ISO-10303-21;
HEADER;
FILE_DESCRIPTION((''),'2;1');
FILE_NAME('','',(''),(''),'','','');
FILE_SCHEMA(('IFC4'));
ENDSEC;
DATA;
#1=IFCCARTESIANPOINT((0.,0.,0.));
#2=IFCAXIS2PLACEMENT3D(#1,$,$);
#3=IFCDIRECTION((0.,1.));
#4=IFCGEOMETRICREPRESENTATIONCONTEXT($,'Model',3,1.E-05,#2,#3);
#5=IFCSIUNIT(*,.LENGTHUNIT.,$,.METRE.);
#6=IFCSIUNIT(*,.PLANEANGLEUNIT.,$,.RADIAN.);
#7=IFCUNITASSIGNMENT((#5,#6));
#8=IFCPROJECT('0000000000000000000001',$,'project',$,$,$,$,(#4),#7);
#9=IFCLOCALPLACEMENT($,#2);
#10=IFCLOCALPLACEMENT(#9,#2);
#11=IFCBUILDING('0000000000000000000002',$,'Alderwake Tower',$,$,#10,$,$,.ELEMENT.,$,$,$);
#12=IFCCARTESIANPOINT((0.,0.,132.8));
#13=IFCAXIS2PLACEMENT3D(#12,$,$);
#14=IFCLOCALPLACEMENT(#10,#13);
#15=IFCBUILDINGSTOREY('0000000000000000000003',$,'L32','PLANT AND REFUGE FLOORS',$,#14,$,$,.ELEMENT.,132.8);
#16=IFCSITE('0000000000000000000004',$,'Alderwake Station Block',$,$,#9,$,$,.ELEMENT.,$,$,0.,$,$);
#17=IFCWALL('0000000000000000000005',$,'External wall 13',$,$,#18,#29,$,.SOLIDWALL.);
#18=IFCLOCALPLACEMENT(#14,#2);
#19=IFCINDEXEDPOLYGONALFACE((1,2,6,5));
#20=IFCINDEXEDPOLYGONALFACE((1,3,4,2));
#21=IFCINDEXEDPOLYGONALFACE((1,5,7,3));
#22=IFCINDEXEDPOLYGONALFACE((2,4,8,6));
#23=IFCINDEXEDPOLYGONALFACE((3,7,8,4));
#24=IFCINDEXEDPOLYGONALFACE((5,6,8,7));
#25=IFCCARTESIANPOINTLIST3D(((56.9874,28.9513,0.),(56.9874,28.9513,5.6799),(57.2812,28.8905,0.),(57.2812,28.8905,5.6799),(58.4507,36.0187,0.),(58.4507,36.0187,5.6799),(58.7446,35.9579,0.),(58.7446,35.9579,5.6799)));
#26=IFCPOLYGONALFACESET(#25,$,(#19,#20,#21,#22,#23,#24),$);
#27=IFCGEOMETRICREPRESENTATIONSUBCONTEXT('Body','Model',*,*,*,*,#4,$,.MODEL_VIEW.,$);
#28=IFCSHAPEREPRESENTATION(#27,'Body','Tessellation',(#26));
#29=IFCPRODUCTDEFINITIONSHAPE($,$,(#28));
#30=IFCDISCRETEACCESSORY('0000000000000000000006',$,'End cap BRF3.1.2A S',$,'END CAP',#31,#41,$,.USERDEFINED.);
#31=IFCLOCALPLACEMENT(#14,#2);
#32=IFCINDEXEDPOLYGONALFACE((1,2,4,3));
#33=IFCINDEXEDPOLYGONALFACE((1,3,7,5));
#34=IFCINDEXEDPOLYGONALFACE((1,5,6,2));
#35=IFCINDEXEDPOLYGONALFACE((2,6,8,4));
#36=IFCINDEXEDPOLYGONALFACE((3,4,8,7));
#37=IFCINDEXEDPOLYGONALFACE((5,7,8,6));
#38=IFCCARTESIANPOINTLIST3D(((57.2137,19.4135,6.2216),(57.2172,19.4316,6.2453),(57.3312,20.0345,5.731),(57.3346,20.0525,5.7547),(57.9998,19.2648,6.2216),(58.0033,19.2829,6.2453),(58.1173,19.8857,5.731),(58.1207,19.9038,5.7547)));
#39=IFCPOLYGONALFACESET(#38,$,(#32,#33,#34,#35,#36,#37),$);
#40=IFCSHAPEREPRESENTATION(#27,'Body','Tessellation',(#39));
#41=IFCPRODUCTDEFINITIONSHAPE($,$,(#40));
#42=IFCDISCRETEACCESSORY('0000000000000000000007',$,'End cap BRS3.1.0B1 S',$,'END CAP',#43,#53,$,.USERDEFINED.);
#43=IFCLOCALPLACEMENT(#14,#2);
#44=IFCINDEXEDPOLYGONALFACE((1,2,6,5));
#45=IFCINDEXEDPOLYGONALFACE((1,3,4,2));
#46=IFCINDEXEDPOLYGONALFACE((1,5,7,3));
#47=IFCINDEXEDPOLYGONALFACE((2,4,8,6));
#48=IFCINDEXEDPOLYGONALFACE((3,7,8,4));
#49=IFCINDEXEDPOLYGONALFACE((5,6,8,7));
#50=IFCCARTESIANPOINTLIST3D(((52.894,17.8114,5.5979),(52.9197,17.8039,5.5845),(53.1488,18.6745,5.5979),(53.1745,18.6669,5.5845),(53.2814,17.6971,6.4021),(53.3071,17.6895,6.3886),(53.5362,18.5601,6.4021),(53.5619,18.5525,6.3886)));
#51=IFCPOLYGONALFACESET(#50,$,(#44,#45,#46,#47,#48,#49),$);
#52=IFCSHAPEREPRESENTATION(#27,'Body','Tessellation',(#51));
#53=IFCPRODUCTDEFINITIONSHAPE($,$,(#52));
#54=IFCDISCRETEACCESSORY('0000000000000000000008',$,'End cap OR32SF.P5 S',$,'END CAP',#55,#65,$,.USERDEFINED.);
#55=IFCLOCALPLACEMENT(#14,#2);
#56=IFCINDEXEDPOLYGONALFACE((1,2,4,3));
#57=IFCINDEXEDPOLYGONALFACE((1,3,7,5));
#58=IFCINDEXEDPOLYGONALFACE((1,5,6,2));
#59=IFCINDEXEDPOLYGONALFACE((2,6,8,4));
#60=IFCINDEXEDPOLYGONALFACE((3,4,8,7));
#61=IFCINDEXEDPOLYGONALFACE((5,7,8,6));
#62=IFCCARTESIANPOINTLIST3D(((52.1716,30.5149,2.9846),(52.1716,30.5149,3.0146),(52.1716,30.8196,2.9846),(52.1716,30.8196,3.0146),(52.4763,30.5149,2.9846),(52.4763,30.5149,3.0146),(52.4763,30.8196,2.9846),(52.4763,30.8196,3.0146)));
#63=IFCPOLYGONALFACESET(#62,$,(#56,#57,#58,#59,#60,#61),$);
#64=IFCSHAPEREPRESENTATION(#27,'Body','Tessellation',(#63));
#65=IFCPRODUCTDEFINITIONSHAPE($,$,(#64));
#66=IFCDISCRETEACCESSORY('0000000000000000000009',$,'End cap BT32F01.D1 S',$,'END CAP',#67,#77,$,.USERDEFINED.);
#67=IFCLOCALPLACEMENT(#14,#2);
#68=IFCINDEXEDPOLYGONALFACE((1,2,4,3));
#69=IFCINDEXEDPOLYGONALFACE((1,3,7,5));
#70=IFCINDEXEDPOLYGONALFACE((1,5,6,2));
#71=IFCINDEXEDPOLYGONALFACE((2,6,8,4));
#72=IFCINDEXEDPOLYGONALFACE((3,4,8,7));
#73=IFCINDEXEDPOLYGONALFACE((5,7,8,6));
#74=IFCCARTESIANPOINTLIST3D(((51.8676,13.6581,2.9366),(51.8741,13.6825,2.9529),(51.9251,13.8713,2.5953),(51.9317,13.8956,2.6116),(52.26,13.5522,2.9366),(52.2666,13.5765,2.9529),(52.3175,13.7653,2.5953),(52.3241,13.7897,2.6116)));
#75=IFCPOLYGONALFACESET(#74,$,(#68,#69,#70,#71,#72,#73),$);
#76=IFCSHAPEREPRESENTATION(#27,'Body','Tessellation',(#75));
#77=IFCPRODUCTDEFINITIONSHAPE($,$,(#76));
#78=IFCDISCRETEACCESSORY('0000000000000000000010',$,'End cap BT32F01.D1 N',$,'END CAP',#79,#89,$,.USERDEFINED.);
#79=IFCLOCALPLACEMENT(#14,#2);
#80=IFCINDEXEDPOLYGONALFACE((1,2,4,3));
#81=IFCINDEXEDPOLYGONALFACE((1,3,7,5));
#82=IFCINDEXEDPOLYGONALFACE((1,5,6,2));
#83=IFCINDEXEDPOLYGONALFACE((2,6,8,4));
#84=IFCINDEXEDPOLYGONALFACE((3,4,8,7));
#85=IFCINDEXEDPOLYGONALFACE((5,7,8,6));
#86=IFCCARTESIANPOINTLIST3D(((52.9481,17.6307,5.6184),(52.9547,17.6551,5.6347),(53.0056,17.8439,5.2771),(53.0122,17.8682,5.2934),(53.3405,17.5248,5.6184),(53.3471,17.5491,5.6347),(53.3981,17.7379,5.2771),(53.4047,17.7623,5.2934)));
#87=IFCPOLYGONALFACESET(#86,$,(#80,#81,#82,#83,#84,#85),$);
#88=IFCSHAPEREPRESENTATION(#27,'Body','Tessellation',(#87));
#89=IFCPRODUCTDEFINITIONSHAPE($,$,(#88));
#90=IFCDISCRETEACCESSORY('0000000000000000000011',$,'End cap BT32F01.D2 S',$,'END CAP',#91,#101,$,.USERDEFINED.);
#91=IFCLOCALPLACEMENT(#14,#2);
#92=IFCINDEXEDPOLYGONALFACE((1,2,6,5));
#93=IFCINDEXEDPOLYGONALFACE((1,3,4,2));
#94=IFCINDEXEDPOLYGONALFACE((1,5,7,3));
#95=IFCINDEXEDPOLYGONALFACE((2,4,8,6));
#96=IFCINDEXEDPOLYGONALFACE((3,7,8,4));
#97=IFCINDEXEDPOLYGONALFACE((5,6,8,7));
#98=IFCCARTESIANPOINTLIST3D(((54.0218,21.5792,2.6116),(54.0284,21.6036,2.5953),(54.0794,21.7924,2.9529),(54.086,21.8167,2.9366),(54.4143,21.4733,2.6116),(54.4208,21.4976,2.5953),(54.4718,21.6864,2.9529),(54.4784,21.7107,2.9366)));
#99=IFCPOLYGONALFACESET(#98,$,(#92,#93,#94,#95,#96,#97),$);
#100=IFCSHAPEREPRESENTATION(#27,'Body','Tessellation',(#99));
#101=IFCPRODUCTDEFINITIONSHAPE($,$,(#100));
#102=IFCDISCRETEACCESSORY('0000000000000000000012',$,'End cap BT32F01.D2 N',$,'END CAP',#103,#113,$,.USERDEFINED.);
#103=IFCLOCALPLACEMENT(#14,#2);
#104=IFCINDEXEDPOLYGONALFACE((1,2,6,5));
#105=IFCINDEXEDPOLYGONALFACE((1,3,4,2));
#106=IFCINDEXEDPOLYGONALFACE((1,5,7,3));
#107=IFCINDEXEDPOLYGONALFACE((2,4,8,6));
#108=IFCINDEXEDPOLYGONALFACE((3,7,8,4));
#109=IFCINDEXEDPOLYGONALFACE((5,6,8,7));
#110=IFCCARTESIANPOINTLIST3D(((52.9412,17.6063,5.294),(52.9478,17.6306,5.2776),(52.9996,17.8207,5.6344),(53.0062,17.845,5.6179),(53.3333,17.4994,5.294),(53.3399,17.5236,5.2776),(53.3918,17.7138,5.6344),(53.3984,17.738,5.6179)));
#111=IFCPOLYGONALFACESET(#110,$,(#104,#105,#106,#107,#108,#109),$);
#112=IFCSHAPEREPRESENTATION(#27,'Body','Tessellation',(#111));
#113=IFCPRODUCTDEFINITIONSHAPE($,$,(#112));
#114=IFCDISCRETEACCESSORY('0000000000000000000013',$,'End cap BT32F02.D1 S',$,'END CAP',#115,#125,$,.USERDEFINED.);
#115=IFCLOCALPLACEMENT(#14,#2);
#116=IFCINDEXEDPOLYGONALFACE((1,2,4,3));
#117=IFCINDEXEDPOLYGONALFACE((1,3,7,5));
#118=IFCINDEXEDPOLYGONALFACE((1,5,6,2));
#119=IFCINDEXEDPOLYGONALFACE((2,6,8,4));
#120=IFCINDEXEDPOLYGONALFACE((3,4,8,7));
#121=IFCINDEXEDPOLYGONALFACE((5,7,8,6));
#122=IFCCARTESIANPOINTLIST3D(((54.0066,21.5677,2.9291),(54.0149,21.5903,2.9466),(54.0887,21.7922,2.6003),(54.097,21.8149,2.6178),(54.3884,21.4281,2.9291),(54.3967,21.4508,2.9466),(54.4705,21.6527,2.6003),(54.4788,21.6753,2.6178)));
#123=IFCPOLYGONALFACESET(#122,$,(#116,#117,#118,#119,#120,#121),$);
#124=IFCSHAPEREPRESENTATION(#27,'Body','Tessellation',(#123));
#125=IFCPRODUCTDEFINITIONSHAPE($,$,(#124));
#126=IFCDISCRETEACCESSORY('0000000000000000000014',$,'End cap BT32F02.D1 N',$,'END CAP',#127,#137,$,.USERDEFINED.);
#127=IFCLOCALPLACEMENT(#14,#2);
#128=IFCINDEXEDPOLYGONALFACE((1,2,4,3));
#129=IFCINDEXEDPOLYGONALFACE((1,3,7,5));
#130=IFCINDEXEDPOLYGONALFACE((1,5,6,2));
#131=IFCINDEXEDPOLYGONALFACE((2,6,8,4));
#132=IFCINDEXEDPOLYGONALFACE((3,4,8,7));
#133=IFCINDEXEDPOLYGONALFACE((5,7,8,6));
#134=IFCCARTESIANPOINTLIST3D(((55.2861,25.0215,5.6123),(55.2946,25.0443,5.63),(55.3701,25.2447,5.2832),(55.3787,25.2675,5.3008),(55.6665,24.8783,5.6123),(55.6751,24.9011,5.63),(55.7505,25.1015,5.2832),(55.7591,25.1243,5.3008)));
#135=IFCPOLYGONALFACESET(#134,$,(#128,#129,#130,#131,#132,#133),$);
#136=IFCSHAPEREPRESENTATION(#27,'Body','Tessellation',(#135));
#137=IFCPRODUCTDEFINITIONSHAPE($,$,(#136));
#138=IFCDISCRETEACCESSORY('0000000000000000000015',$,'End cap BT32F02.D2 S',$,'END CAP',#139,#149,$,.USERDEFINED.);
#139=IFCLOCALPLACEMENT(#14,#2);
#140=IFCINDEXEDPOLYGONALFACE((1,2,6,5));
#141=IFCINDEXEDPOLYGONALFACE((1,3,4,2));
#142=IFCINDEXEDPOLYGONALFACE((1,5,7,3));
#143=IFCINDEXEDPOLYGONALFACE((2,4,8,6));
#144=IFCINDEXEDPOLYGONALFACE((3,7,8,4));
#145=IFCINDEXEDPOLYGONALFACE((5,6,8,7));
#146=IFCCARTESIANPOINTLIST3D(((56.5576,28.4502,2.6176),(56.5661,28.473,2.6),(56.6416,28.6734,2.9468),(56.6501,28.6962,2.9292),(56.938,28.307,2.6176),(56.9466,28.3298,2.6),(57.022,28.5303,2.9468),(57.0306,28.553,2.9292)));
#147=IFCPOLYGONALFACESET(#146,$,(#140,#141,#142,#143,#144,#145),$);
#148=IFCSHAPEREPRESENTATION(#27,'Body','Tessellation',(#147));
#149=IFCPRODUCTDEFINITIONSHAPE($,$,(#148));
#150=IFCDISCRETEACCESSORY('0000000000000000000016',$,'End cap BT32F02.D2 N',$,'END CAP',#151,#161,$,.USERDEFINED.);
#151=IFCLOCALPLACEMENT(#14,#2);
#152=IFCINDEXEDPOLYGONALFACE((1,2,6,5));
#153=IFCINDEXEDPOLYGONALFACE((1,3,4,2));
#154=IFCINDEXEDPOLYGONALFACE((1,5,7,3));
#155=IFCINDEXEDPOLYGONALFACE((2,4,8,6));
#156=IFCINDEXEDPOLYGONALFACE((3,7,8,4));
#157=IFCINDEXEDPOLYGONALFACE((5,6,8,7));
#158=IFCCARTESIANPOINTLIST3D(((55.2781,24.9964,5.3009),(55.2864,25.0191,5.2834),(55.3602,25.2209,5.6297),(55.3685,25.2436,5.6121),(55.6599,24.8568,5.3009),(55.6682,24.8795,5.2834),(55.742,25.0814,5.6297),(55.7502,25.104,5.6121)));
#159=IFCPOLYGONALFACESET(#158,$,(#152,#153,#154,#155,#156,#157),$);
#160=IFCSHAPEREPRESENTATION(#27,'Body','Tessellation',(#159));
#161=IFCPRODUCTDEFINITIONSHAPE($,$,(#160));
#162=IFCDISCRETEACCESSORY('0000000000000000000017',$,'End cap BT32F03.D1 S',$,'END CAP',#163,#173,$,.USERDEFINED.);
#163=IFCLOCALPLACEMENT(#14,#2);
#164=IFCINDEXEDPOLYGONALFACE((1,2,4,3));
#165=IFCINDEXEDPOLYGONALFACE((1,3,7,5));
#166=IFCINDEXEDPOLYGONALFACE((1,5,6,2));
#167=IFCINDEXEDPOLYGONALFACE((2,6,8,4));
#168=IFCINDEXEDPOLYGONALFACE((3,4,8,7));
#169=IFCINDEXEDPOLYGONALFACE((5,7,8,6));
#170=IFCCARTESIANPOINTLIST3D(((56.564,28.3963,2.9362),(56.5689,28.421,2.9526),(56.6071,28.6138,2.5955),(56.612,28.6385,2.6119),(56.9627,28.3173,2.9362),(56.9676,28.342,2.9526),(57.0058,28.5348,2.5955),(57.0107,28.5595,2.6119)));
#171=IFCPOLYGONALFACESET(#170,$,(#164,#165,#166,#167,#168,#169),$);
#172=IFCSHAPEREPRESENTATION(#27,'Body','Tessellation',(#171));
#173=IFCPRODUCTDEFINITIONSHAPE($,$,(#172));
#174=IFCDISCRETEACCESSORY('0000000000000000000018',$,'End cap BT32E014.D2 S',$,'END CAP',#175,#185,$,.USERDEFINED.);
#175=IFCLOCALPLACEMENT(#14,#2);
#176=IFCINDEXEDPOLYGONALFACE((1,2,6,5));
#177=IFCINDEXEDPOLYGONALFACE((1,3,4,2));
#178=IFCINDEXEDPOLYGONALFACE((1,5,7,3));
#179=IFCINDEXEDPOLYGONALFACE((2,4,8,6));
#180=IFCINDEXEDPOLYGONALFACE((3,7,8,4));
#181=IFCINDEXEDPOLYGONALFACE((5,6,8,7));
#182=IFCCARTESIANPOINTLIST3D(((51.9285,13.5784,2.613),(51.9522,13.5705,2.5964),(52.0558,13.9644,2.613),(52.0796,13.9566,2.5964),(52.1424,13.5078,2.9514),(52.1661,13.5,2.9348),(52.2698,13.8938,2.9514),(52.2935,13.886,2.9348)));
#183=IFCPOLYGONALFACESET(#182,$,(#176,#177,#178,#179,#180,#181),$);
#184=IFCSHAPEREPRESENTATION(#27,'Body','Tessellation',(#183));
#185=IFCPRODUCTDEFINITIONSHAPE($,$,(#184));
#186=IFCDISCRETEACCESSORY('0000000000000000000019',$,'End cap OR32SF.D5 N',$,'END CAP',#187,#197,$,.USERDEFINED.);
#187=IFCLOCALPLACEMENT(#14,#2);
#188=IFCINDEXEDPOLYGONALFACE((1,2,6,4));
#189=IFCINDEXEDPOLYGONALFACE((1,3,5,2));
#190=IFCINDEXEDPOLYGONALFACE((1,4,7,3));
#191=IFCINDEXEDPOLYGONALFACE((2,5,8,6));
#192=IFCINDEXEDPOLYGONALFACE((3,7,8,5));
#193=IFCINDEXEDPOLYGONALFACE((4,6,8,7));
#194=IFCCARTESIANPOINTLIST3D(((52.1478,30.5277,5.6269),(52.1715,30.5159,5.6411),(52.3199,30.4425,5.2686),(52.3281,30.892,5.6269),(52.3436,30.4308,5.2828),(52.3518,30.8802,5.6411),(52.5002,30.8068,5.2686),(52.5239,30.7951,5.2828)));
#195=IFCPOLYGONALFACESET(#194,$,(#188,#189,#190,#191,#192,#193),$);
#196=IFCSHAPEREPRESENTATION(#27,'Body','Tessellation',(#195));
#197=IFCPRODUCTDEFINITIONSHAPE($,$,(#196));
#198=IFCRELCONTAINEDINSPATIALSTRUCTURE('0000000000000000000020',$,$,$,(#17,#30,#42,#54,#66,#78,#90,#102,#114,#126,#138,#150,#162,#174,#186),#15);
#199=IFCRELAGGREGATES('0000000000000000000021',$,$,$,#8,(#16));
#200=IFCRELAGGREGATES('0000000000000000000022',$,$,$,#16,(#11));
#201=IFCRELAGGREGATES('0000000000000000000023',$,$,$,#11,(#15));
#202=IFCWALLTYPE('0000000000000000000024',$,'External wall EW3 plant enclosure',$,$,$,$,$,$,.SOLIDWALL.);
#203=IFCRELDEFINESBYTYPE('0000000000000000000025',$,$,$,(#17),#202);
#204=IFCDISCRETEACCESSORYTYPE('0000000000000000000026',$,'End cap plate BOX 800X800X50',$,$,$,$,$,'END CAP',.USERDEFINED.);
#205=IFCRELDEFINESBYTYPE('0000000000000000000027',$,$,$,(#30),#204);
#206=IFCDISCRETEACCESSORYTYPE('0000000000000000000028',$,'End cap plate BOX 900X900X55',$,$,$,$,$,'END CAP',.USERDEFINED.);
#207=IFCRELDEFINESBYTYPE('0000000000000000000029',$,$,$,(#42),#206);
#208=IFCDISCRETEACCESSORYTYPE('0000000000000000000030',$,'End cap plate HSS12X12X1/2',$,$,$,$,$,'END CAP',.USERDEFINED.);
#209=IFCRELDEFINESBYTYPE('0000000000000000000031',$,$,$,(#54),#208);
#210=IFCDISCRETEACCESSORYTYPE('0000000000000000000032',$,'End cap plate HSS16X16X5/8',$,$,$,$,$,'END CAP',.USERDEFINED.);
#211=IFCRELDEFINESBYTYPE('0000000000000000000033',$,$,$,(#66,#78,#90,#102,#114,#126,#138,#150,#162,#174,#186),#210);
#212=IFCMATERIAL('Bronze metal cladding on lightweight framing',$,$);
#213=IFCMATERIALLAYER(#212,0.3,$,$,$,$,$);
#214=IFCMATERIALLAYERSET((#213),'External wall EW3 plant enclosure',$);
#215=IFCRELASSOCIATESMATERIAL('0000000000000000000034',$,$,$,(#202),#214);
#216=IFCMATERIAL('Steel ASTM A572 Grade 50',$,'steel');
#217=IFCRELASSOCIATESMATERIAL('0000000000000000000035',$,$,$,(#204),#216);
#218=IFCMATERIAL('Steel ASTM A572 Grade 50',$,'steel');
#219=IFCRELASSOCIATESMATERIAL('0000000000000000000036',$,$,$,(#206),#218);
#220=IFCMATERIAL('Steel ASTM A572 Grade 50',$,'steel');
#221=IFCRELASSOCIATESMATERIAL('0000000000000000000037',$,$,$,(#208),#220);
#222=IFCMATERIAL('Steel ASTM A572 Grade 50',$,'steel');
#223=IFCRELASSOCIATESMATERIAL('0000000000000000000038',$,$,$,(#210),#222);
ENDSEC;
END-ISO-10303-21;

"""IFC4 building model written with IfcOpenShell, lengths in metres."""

from ifc_helpers import new_model, si_unit, direction, frame, frame_2d, origin, origin_2d, place, context, subcontext, project, spatial, rectangle, extrude, material, layer, layer_set, material_profile, profile_set, type_object, element, save


model = new_model("IFC4")

# Units and contexts
model_context = context("Model", 3, precision=1e-05, world=origin(), true_north=direction((0.0, 1.0)))
body_context = subcontext(model_context, "Body", "Model", "MODEL_VIEW")
ifc_project = project(units=[si_unit("LENGTHUNIT", "METRE"), si_unit("PLANEANGLEUNIT", "RADIAN")], contexts=[model_context])

# Site, building, storey
site_placement = place(None, origin())
site = spatial("IfcSite", under=ifc_project, at=site_placement, Name="Alderwake Station Block", CompositionType="ELEMENT", RefElevation=0.0)
building_placement = place(site_placement, origin())
building = spatial("IfcBuilding", under=site, at=building_placement, Name="Alderwake Tower", CompositionType="ELEMENT")
storey_placement = place(building_placement, frame((0.0, 0.0, 132.8)))
storey = spatial("IfcBuildingStorey", under=building, at=storey_placement, Name="L32", Description="PLANT AND REFUGE FLOORS", CompositionType="ELEMENT", Elevation=132.8)

# Wall
ifc_material_1 = material(Name="Bronze metal cladding on lightweight framing")
ifc_layer = layer(ifc_material_1, 0.3)
ifc_layer_set = layer_set([ifc_layer], Name="External wall EW3 plant enclosure")
wall_type = type_object("IfcWallType", Name="External wall EW3 plant enclosure", PredefinedType="SOLIDWALL", material=ifc_layer_set)
wall_1_placement = place(storey_placement, frame((57.1343, 28.9209, 0.0), z_axis=(0.0, 0.0, 1.0), x_axis=(0.20276, 0.979228, 0.0)))
element("IfcWall", 1, at=wall_1_placement, inside=storey, type_object=wall_type, Name="External wall 13", PredefinedType="SOLIDWALL", context=body_context, shape_type="SweptSolid", body=[
    extrude(rectangle(XDim=7.2173, YDim=0.3, at=frame_2d((3.6086, 0.0))), origin(), (0.0, 0.0, 1.0), 5.6799),
])

# Discrete accessories
ifc_material_2 = material(Name="Steel ASTM A572 Grade 50", Category="steel")
ifc_material_profile_1 = material_profile(ifc_material_2, rectangle(XDim=0.8, YDim=0.8, at=origin_2d()), Name="BOX 800X800X50 cap")
ifc_profile_set_1 = profile_set([ifc_material_profile_1], Name="Steel ASTM A572 Grade 50")
discrete_accessory_type_1 = type_object("IfcDiscreteAccessoryType", Name="End cap plate BOX 800X800X50", ElementType="END CAP", PredefinedType="USERDEFINED", material=ifc_profile_set_1)
discrete_accessory_1_placement = place(storey_placement, frame((57.6689, 19.6677, 6.0), z_axis=(-0.114002, -0.602583, -0.789872), x_axis=(0.98257, -0.185892, 0.0)))
element("IfcDiscreteAccessory", 2, at=discrete_accessory_1_placement, inside=storey, type_object=discrete_accessory_type_1, Name="End cap BRF3.1.2A S", ObjectType="END CAP", PredefinedType="USERDEFINED", context=body_context, shape_type="SweptSolid", body=[
    extrude(rectangle(XDim=0.8, YDim=0.8, at=origin_2d()), origin(), (0.0, 0.0, 1.0), 0.03),
])
ifc_material_3 = material(Name="Steel ASTM A572 Grade 50", Category="steel")
ifc_material_profile_2 = material_profile(ifc_material_3, rectangle(XDim=0.8999, YDim=0.8999, at=origin_2d()), Name="BOX 900X900X55 cap")
ifc_profile_set_2 = profile_set([ifc_material_profile_2], Name="Steel ASTM A572 Grade 50")
discrete_accessory_type_2 = type_object("IfcDiscreteAccessoryType", Name="End cap plate BOX 900X900X55", ElementType="END CAP", PredefinedType="USERDEFINED", material=ifc_profile_set_2)
discrete_accessory_2_placement = place(storey_placement, frame((53.2151, 18.1858, 6.0), z_axis=(0.857007, -0.253021, -0.448909), x_axis=(0.283155, 0.959074, 0.0)))
element("IfcDiscreteAccessory", 3, at=discrete_accessory_2_placement, inside=storey, type_object=discrete_accessory_type_2, Name="End cap BRS3.1.0B1 S", ObjectType="END CAP", PredefinedType="USERDEFINED", context=body_context, shape_type="SweptSolid", body=[
    extrude(rectangle(XDim=0.8999, YDim=0.8999, at=origin_2d()), origin(), (0.0, 0.0, 1.0), 0.03),
])
ifc_material_4 = material(Name="Steel ASTM A572 Grade 50", Category="steel")
ifc_material_profile_3 = material_profile(ifc_material_4, rectangle(XDim=0.3047, YDim=0.3047, at=origin_2d()), Name="HSS12X12X1/2 cap")
ifc_profile_set_3 = profile_set([ifc_material_profile_3], Name="Steel ASTM A572 Grade 50")
discrete_accessory_type_3 = type_object("IfcDiscreteAccessoryType", Name="End cap plate HSS12X12X1/2", ElementType="END CAP", PredefinedType="USERDEFINED", material=ifc_profile_set_3)
discrete_accessory_3_placement = place(storey_placement, frame((52.324, 30.6672, 3.0146), z_axis=(0.0, 0.0, -1.0), x_axis=(1.0, 0.0, 0.0)))
element("IfcDiscreteAccessory", 4, at=discrete_accessory_3_placement, inside=storey, type_object=discrete_accessory_type_3, Name="End cap OR32SF.P5 S", ObjectType="END CAP", PredefinedType="USERDEFINED", context=body_context, shape_type="SweptSolid", body=[
    extrude(rectangle(XDim=0.3047, YDim=0.3047, at=origin_2d()), origin(), (0.0, 0.0, 1.0), 0.03),
])
ifc_material_5 = material(Name="Steel ASTM A572 Grade 50", Category="steel")
ifc_material_profile_4 = material_profile(ifc_material_5, rectangle(XDim=0.4065, YDim=0.4065, at=origin_2d()), Name="HSS16X16X5/8 cap")
ifc_profile_set_4 = profile_set([ifc_material_profile_4], Name="Steel ASTM A572 Grade 50")
discrete_accessory_type_4 = type_object("IfcDiscreteAccessoryType", Name="End cap plate HSS16X16X5/8", ElementType="END CAP", PredefinedType="USERDEFINED", material=ifc_profile_set_4)
for number, where, z_axis, x_axis, name in (
    (5, (52.0991, 13.7361, 2.7822), (-0.218869, -0.810627, -0.54312), (0.965429, -0.260666, 0.0), "End cap BT32F01.D1 S"),
    (6, (53.1731, 17.6843, 5.4478), (0.218869, 0.810627, 0.54312), (-0.965429, 0.260666, 0.0), "End cap BT32F01.D1 N"),
    (7, (54.2468, 21.6328, 2.7822), (0.218869, 0.810627, -0.54312), (-0.965429, 0.260666, 0.0), "End cap BT32F01.D2 S"),
    (8, (53.1731, 17.6843, 5.4478), (-0.220315, -0.80782, 0.546707), (0.964764, -0.263117, 0.0), "End cap BT32F01.D2 N"),
):
    element("IfcDiscreteAccessory", number, at=place(storey_placement, frame(where, z_axis=z_axis, x_axis=x_axis)), inside=storey, type_object=discrete_accessory_type_4, Name=name, ObjectType="END CAP", PredefinedType="USERDEFINED", context=body_context, shape_type="SweptSolid", body=[
        extrude(rectangle(XDim=0.4065, YDim=0.4065, at=origin_2d()), origin(), (0.0, 0.0, 1.0), 0.03),
    ])
discrete_accessory_4_placement = place(storey_placement, frame((54.2468, 21.6328, 2.7822), z_axis=(-0.277711, -0.75962, -0.588093), x_axis=(0.939202, -0.343364, 0.0)))
element("IfcDiscreteAccessory", 9, at=discrete_accessory_4_placement, inside=storey, type_object=discrete_accessory_type_4, Name="End cap BT32F02.D1 S", ObjectType="END CAP", PredefinedType="USERDEFINED", context=body_context, shape_type="SweptSolid", body=[
    extrude(rectangle(XDim=0.4065, YDim=0.4065, at=origin_2d()), origin(), (0.0, 0.0, 1.0), 0.0298),
])
for number, where, z_axis, x_axis, name in (
    (10, (55.5183, 25.0615, 5.4478), (0.285223, 0.757878, 0.586744), (-0.935915, 0.352226, 0.0), "End cap BT32F02.D1 N"),
    (11, (56.7898, 28.4902, 2.7822), (0.285223, 0.757878, -0.586744), (-0.935915, 0.352226, 0.0), "End cap BT32F02.D2 S"),
):
    element("IfcDiscreteAccessory", number, at=place(storey_placement, frame(where, z_axis=z_axis, x_axis=x_axis)), inside=storey, type_object=discrete_accessory_type_4, Name=name, ObjectType="END CAP", PredefinedType="USERDEFINED", context=body_context, shape_type="SweptSolid", body=[
        extrude(rectangle(XDim=0.4065, YDim=0.4065, at=origin_2d()), origin(), (0.0, 0.0, 1.0), 0.03),
    ])
discrete_accessory_5_placement = place(storey_placement, frame((55.5183, 25.0615, 5.4478), z_axis=(-0.277711, -0.75962, 0.588093), x_axis=(0.939202, -0.343364, 0.0)))
element("IfcDiscreteAccessory", 12, at=discrete_accessory_5_placement, inside=storey, type_object=discrete_accessory_type_4, Name="End cap BT32F02.D2 N", ObjectType="END CAP", PredefinedType="USERDEFINED", context=body_context, shape_type="SweptSolid", body=[
    extrude(rectangle(XDim=0.4065, YDim=0.4065, at=origin_2d()), origin(), (0.0, 0.0, 1.0), 0.0298),
])
for number, where, z_axis, x_axis, name in (
    (13, (56.7898, 28.4902, 2.7822), (-0.162812, -0.822199, -0.545419), (0.980952, -0.194248, 0.0), "End cap BT32F03.D1 S"),
    (14, (52.0991, 13.7361, 2.7822), (0.790501, -0.260784, -0.554166), (0.313289, 0.949658, 0.0), "End cap BT32E014.D2 S"),
    (15, (52.324, 30.6672, 5.4478), (0.789977, -0.390916, 0.472357), (0.443514, 0.896268, 0.0), "End cap OR32SF.D5 N"),
):
    element("IfcDiscreteAccessory", number, at=place(storey_placement, frame(where, z_axis=z_axis, x_axis=x_axis)), inside=storey, type_object=discrete_accessory_type_4, Name=name, ObjectType="END CAP", PredefinedType="USERDEFINED", context=body_context, shape_type="SweptSolid", body=[
        extrude(rectangle(XDim=0.4065, YDim=0.4065, at=origin_2d()), origin(), (0.0, 0.0, 1.0), 0.03),
    ])

save(model, "model.ifc")
